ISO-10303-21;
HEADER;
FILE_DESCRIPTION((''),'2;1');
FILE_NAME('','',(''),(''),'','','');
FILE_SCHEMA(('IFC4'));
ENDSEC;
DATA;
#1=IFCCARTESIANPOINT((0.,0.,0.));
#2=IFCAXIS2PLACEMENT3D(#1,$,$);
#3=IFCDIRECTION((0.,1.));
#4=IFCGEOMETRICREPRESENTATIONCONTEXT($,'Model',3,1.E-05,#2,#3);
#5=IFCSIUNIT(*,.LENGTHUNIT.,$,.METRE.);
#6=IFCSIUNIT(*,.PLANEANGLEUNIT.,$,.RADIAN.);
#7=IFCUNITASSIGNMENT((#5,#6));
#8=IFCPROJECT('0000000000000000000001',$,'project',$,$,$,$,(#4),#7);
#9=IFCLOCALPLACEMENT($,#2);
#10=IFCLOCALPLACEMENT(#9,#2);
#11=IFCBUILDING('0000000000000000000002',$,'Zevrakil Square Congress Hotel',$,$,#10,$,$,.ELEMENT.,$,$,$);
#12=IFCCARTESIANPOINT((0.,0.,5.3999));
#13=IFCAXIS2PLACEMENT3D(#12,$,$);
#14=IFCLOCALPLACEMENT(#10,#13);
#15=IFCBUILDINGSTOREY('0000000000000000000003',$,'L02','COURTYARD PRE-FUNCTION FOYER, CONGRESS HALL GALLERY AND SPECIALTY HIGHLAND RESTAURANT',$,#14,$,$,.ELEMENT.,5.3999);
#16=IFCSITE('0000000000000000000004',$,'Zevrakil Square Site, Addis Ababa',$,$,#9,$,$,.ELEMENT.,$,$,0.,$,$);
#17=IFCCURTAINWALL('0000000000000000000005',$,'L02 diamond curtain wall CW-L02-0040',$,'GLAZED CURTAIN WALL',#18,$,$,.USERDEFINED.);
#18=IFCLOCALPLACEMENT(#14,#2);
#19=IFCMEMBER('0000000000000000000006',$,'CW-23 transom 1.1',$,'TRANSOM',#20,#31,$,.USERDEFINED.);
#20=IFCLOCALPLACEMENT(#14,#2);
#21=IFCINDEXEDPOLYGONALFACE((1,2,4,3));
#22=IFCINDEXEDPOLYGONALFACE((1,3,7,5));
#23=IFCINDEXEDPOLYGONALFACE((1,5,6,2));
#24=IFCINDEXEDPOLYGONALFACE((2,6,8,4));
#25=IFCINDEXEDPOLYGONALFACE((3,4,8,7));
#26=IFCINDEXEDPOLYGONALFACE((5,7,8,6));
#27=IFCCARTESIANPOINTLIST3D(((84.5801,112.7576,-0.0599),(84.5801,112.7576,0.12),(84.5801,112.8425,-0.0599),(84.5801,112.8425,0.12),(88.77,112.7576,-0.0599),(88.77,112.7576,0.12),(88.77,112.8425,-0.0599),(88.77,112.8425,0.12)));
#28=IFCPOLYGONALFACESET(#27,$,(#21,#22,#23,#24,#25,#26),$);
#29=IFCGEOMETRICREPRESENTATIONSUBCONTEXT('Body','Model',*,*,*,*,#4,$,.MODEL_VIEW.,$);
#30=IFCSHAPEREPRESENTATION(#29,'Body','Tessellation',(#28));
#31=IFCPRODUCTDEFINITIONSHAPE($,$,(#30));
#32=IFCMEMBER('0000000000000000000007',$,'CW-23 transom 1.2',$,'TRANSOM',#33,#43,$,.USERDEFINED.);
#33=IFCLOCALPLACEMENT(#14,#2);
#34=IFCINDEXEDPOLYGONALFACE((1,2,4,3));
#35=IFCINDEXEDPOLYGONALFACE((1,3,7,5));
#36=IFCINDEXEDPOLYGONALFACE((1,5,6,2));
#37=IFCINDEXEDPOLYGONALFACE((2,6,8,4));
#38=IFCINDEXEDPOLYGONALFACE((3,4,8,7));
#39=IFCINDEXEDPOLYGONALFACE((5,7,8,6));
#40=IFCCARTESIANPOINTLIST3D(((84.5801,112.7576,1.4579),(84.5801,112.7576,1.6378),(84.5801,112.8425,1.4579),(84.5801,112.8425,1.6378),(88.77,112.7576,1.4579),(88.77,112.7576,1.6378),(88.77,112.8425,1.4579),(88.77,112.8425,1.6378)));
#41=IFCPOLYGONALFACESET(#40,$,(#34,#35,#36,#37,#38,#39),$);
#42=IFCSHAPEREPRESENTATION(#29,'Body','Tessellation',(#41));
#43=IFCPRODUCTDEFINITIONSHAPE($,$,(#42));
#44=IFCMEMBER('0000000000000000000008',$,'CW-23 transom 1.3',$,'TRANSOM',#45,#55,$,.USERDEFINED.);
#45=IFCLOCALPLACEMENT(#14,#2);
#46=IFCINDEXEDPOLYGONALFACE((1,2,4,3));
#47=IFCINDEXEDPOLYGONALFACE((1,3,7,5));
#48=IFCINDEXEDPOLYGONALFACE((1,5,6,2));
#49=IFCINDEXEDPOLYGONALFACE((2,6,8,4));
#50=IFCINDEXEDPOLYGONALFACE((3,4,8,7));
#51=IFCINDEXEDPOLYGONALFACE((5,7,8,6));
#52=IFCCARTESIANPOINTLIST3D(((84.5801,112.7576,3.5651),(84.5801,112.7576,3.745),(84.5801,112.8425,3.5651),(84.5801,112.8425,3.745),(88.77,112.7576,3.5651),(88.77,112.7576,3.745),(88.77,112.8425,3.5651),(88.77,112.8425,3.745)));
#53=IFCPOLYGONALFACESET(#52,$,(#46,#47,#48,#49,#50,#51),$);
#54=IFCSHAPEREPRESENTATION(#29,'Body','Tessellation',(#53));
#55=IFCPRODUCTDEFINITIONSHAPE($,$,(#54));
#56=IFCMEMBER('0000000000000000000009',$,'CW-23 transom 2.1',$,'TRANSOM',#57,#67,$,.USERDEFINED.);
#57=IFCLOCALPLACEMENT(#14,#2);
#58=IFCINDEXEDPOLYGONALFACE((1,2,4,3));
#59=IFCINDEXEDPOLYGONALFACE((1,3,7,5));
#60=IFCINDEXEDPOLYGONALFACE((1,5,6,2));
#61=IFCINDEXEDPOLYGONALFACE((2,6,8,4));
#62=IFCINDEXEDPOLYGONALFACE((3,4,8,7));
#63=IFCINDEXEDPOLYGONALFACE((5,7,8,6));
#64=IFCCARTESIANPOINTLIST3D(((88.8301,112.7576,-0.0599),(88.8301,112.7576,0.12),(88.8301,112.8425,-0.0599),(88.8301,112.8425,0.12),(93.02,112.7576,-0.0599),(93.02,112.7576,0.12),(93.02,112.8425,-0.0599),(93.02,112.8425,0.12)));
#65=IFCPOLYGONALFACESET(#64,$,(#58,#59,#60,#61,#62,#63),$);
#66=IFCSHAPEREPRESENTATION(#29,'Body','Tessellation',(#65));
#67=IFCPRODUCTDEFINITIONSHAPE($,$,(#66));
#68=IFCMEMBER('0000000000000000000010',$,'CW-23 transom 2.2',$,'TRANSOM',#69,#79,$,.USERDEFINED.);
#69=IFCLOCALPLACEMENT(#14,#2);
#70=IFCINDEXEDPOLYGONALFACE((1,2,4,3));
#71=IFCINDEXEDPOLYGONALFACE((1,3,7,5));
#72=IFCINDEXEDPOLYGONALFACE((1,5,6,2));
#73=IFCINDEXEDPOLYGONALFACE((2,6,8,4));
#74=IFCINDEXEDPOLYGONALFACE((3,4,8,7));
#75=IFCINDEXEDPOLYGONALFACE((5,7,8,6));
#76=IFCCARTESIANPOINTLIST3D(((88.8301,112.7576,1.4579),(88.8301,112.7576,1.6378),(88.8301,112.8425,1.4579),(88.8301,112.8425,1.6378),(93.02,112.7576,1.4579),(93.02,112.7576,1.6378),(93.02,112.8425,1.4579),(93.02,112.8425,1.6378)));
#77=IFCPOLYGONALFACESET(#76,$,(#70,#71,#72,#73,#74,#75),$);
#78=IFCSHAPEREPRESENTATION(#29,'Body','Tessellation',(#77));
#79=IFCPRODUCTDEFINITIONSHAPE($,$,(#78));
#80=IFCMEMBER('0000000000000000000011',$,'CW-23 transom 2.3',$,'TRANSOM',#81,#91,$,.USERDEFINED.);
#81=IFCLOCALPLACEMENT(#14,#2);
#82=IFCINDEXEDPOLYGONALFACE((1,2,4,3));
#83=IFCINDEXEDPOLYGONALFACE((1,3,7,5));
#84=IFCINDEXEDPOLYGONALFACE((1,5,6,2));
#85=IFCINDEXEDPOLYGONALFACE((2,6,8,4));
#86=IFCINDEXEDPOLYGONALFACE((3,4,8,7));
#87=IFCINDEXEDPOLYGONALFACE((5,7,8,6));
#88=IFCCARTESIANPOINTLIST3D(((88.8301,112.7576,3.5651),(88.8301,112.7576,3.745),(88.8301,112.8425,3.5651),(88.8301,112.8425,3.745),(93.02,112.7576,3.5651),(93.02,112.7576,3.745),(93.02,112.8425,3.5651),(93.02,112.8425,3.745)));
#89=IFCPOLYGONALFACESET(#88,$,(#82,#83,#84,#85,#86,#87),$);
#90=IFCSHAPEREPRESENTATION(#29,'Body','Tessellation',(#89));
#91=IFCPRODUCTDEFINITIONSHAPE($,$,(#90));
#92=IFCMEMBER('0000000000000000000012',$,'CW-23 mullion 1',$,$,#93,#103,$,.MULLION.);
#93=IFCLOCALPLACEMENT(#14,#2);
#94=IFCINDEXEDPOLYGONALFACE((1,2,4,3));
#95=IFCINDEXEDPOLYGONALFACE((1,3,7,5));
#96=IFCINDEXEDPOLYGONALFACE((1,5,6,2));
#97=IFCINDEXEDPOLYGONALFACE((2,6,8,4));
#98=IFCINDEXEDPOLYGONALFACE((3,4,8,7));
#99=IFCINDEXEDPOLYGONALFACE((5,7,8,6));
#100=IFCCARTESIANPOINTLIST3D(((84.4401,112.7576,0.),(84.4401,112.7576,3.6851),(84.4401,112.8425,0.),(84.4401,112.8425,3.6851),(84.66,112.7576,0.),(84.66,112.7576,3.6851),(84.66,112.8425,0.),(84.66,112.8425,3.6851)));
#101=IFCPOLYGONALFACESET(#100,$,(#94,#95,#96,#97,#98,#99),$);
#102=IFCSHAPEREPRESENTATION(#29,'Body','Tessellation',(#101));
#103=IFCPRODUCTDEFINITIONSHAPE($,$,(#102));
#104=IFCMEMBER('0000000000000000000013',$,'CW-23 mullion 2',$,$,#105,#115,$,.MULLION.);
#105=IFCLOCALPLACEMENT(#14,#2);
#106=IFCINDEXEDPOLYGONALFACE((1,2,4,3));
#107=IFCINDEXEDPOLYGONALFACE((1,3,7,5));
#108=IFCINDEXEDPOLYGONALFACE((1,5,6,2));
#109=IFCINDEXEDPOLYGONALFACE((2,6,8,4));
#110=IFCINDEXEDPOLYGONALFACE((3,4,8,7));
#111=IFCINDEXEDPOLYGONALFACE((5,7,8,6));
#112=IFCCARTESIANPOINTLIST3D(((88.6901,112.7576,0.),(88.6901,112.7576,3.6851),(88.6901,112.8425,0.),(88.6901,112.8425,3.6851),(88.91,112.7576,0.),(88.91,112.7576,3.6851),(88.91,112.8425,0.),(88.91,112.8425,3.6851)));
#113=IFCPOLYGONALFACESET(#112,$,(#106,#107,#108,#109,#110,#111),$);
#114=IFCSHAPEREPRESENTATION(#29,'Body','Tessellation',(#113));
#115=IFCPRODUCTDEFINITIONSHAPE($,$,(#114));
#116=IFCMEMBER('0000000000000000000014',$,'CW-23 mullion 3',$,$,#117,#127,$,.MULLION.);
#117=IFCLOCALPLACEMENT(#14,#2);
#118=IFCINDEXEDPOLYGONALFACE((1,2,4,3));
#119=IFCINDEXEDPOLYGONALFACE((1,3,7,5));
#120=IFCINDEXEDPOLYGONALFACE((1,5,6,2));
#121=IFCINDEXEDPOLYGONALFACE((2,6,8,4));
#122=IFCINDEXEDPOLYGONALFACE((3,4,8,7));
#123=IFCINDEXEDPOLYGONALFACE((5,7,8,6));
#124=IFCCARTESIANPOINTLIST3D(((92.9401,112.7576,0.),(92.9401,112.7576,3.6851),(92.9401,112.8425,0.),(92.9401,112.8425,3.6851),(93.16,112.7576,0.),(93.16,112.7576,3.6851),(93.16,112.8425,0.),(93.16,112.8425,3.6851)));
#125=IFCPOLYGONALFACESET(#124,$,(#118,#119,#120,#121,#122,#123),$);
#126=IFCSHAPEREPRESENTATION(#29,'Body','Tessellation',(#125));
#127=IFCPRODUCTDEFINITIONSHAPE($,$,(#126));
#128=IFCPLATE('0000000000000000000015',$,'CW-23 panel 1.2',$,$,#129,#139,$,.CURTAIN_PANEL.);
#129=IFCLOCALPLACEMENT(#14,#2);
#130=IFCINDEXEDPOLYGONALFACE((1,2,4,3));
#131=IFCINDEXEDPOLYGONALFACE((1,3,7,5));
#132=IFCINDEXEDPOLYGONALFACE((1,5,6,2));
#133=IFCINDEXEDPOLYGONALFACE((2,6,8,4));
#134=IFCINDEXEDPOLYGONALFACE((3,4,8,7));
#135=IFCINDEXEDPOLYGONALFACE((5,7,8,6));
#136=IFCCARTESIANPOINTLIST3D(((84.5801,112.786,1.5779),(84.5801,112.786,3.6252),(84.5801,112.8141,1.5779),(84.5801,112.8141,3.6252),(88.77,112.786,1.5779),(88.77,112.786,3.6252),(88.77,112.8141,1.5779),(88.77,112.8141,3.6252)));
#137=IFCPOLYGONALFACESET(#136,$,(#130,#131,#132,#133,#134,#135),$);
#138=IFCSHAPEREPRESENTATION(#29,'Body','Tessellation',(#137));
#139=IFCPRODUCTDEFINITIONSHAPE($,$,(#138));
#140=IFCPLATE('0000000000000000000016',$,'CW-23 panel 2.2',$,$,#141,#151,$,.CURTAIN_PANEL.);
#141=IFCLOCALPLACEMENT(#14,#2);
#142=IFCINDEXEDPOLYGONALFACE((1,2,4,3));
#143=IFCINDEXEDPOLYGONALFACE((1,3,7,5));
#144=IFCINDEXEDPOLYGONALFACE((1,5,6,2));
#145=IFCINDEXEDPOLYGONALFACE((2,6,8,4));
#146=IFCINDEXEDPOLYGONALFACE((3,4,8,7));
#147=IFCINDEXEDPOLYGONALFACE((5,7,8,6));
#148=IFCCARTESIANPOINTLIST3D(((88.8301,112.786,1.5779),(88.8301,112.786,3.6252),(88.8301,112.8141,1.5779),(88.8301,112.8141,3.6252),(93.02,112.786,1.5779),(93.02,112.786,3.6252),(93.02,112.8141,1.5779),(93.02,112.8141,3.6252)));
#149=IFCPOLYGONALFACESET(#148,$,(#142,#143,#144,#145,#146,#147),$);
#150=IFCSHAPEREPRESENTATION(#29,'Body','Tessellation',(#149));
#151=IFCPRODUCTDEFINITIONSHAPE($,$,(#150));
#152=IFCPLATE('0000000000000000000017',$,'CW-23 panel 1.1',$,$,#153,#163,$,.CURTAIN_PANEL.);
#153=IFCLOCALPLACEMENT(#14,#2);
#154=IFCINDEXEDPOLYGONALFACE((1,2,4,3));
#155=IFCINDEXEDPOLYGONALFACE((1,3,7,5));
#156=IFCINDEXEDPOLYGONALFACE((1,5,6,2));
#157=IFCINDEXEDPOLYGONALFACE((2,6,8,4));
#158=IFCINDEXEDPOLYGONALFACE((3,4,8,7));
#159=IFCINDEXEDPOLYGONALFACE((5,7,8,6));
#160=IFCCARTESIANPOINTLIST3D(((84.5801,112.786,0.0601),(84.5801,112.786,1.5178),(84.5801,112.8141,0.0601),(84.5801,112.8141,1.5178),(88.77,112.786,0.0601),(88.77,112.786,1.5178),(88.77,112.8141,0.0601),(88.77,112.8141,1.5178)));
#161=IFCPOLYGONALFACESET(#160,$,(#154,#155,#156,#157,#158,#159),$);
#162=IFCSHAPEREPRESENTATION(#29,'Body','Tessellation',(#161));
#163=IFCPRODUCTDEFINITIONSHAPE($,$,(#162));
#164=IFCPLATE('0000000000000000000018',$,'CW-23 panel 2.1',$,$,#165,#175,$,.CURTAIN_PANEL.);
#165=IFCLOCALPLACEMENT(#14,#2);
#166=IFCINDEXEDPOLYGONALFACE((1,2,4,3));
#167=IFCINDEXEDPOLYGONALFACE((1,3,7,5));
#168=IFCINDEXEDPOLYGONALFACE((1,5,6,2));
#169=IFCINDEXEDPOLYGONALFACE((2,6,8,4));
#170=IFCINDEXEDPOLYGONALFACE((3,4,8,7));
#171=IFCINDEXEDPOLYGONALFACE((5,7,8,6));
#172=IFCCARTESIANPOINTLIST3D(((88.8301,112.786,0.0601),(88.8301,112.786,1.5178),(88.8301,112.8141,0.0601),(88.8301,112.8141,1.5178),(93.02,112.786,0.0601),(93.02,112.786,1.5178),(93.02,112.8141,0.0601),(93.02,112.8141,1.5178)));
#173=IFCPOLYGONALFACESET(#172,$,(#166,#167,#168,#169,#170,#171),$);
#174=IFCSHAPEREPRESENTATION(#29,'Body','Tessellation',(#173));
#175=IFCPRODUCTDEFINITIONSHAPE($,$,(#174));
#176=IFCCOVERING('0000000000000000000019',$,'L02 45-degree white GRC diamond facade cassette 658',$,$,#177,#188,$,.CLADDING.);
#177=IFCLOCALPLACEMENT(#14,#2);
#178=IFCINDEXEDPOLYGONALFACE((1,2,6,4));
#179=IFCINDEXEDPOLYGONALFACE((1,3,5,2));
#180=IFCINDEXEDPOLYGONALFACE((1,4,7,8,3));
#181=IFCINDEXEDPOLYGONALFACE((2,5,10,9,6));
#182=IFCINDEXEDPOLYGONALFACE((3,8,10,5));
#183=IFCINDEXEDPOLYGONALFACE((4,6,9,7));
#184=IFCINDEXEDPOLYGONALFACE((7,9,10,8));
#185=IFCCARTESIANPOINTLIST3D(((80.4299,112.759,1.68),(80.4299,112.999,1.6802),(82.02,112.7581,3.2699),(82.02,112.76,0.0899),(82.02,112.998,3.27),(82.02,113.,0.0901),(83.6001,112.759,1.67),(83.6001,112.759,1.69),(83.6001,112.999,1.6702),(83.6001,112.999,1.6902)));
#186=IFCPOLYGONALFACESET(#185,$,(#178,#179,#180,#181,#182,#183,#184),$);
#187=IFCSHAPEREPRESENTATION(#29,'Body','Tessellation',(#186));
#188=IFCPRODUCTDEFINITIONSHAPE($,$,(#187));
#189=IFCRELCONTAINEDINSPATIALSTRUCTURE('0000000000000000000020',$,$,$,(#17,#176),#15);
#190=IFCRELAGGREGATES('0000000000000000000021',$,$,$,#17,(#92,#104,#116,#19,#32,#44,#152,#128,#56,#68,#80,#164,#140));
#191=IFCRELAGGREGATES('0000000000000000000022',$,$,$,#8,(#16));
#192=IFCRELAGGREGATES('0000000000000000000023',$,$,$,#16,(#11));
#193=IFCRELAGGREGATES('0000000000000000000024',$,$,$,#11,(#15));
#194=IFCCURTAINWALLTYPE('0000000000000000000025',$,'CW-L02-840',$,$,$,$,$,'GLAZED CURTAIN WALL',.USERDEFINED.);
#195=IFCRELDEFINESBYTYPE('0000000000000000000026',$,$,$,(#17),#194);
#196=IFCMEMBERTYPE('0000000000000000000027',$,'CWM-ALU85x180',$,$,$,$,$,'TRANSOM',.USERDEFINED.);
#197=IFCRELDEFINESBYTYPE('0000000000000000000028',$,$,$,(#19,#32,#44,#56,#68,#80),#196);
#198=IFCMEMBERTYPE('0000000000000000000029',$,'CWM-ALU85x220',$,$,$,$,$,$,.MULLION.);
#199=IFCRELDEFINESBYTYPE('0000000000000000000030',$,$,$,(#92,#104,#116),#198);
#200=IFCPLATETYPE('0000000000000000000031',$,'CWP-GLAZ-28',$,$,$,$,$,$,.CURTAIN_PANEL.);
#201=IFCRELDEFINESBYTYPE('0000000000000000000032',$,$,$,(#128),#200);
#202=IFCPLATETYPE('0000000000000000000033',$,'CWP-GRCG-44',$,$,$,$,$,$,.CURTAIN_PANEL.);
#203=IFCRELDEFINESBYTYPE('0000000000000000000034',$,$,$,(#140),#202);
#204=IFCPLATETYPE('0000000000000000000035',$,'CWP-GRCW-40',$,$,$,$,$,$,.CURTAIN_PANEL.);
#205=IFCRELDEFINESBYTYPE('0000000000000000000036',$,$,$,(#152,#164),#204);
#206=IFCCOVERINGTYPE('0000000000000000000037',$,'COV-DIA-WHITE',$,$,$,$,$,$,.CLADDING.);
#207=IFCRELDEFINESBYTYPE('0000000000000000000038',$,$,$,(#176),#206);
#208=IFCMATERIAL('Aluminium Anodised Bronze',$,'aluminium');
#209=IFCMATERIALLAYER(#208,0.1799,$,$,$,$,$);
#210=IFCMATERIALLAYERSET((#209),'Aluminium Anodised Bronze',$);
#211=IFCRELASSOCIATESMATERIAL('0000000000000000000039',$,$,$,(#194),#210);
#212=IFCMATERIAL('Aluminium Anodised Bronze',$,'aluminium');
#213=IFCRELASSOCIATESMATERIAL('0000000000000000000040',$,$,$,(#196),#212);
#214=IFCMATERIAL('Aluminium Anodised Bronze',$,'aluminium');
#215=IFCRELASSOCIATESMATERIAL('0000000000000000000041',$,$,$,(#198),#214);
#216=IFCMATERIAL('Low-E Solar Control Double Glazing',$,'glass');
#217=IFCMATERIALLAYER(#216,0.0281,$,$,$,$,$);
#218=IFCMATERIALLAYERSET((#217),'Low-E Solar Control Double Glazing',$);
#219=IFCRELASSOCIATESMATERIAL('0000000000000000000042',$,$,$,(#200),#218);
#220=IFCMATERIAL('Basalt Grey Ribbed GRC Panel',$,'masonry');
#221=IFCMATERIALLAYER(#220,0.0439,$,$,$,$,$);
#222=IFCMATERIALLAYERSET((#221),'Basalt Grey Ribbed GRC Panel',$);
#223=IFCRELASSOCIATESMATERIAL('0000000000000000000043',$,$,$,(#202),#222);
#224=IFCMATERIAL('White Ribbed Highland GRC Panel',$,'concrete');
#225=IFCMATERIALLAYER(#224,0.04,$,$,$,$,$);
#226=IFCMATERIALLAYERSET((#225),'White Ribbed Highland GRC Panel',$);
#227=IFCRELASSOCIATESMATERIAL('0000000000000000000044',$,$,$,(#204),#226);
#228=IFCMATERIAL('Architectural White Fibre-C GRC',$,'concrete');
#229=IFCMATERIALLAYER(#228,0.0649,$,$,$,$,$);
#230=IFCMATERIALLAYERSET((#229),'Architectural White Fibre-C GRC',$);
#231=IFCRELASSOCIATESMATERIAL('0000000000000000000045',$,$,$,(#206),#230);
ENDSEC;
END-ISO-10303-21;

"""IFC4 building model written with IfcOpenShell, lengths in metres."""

from ifc_helpers import new_model, si_unit, direction, frame, origin, origin_2d, place, context, subcontext, project, spatial, polyline, rectangle, outline, extrude, material, layer, layer_set, material_profile, profile_set, type_object, element, aggregate, save


model = new_model("IFC4")

# Units and contexts
model_context = context("Model", 3, precision=1e-05, world=origin(), true_north=direction((0.0, 1.0)))
body_context = subcontext(model_context, "Body", "Model", "MODEL_VIEW")
ifc_project = project(units=[si_unit("LENGTHUNIT", "METRE"), si_unit("PLANEANGLEUNIT", "RADIAN")], contexts=[model_context])

# Site, building, storey
site_placement = place(None, origin())
site = spatial("IfcSite", under=ifc_project, at=site_placement, Name="Zevrakil Square Site, Addis Ababa", CompositionType="ELEMENT", RefElevation=0.0)
building_placement = place(site_placement, origin())
building = spatial("IfcBuilding", under=site, at=building_placement, Name="Zevrakil Square Congress Hotel", CompositionType="ELEMENT")
storey_placement = place(building_placement, frame((0.0, 0.0, 5.3999)))
storey = spatial("IfcBuildingStorey", under=building, at=storey_placement, Name="L02", Description="COURTYARD PRE-FUNCTION FOYER, CONGRESS HALL GALLERY AND SPECIALTY HIGHLAND RESTAURANT", CompositionType="ELEMENT", Elevation=5.3999)

# Curtain wall, members, plates
ifc_material_1 = material(Name="Aluminium Anodised Bronze", Category="aluminium")
ifc_layer_1 = layer(ifc_material_1, 0.1799)
ifc_layer_set_1 = layer_set([ifc_layer_1], Name="Aluminium Anodised Bronze")
curtain_wall_type = type_object("IfcCurtainWallType", Name="CW-L02-840", ElementType="GLAZED CURTAIN WALL", PredefinedType="USERDEFINED", material=ifc_layer_set_1)
curtain_wall_placement = place(storey_placement, origin())
curtain_wall = element("IfcCurtainWall", 1, at=curtain_wall_placement, inside=storey, type_object=curtain_wall_type, Name="L02 diamond curtain wall CW-L02-0040", ObjectType="GLAZED CURTAIN WALL", PredefinedType="USERDEFINED")
ifc_material_2 = material(Name="Aluminium Anodised Bronze", Category="aluminium")
ifc_material_profile_1 = material_profile(ifc_material_2, rectangle(XDim=0.085, YDim=0.1799, at=origin_2d()), Name="ALU 85x180")
ifc_profile_set_1 = profile_set([ifc_material_profile_1], Name="Aluminium Anodised Bronze")
member_type_1 = type_object("IfcMemberType", Name="CWM-ALU85x180", ElementType="TRANSOM", PredefinedType="USERDEFINED", material=ifc_profile_set_1)
member_1_placement = place(storey_placement, frame((84.5801, 112.8, 0.03), z_axis=(1.0, 0.0, 0.0), x_axis=(0.0, 1.0, 0.0)))
member_1 = element("IfcMember", 2, at=member_1_placement, type_object=member_type_1, Name="CW-23 transom 1.1", ObjectType="TRANSOM", PredefinedType="USERDEFINED", context=body_context, shape_type="SweptSolid", body=[
    extrude(rectangle(XDim=0.085, YDim=0.1799, at=origin_2d()), origin(), (0.0, 0.0, 1.0), 4.1899),
])
member_2_placement = place(storey_placement, frame((84.5801, 112.8, 1.5479), z_axis=(1.0, 0.0, 0.0), x_axis=(0.0, 1.0, 0.0)))
member_2 = element("IfcMember", 3, at=member_2_placement, type_object=member_type_1, Name="CW-23 transom 1.2", ObjectType="TRANSOM", PredefinedType="USERDEFINED", context=body_context, shape_type="SweptSolid", body=[
    extrude(rectangle(XDim=0.085, YDim=0.1799, at=origin_2d()), origin(), (0.0, 0.0, 1.0), 4.1899),
])
member_3_placement = place(storey_placement, frame((84.5801, 112.8, 3.655), z_axis=(1.0, 0.0, 0.0), x_axis=(0.0, 1.0, 0.0)))
member_3 = element("IfcMember", 4, at=member_3_placement, type_object=member_type_1, Name="CW-23 transom 1.3", ObjectType="TRANSOM", PredefinedType="USERDEFINED", context=body_context, shape_type="SweptSolid", body=[
    extrude(rectangle(XDim=0.085, YDim=0.1799, at=origin_2d()), origin(), (0.0, 0.0, 1.0), 4.1899),
])
member_4_placement = place(storey_placement, frame((88.8301, 112.8, 0.03), z_axis=(1.0, 0.0, 0.0), x_axis=(0.0, 1.0, 0.0)))
member_4 = element("IfcMember", 5, at=member_4_placement, type_object=member_type_1, Name="CW-23 transom 2.1", ObjectType="TRANSOM", PredefinedType="USERDEFINED", context=body_context, shape_type="SweptSolid", body=[
    extrude(rectangle(XDim=0.085, YDim=0.1799, at=origin_2d()), origin(), (0.0, 0.0, 1.0), 4.1899),
])
member_5_placement = place(storey_placement, frame((88.8301, 112.8, 1.5479), z_axis=(1.0, 0.0, 0.0), x_axis=(0.0, 1.0, 0.0)))
member_5 = element("IfcMember", 6, at=member_5_placement, type_object=member_type_1, Name="CW-23 transom 2.2", ObjectType="TRANSOM", PredefinedType="USERDEFINED", context=body_context, shape_type="SweptSolid", body=[
    extrude(rectangle(XDim=0.085, YDim=0.1799, at=origin_2d()), origin(), (0.0, 0.0, 1.0), 4.1899),
])
member_6_placement = place(storey_placement, frame((88.8301, 112.8, 3.655), z_axis=(1.0, 0.0, 0.0), x_axis=(0.0, 1.0, 0.0)))
member_6 = element("IfcMember", 7, at=member_6_placement, type_object=member_type_1, Name="CW-23 transom 2.3", ObjectType="TRANSOM", PredefinedType="USERDEFINED", context=body_context, shape_type="SweptSolid", body=[
    extrude(rectangle(XDim=0.085, YDim=0.1799, at=origin_2d()), origin(), (0.0, 0.0, 1.0), 4.1899),
])
ifc_material_3 = material(Name="Aluminium Anodised Bronze", Category="aluminium")
ifc_material_profile_2 = material_profile(ifc_material_3, rectangle(XDim=0.085, YDim=0.22, at=origin_2d()), Name="ALU 85x220")
ifc_profile_set_2 = profile_set([ifc_material_profile_2], Name="Aluminium Anodised Bronze")
member_type_2 = type_object("IfcMemberType", Name="CWM-ALU85x220", PredefinedType="MULLION", material=ifc_profile_set_2)
member_7_placement = place(storey_placement, frame((84.55, 112.8, 0.0), z_axis=(0.0, 0.0, 1.0), x_axis=(0.0, 1.0, 0.0)))
member_7 = element("IfcMember", 8, at=member_7_placement, type_object=member_type_2, Name="CW-23 mullion 1", PredefinedType="MULLION", context=body_context, shape_type="SweptSolid", body=[
    extrude(rectangle(XDim=0.085, YDim=0.22, at=origin_2d()), origin(), (0.0, 0.0, 1.0), 3.6851),
])
member_8_placement = place(storey_placement, frame((88.8, 112.8, 0.0), z_axis=(0.0, 0.0, 1.0), x_axis=(0.0, 1.0, 0.0)))
member_8 = element("IfcMember", 9, at=member_8_placement, type_object=member_type_2, Name="CW-23 mullion 2", PredefinedType="MULLION", context=body_context, shape_type="SweptSolid", body=[
    extrude(rectangle(XDim=0.085, YDim=0.22, at=origin_2d()), origin(), (0.0, 0.0, 1.0), 3.6851),
])
member_9_placement = place(storey_placement, frame((93.05, 112.8, 0.0), z_axis=(0.0, 0.0, 1.0), x_axis=(0.0, 1.0, 0.0)))
member_9 = element("IfcMember", 10, at=member_9_placement, type_object=member_type_2, Name="CW-23 mullion 3", PredefinedType="MULLION", context=body_context, shape_type="SweptSolid", body=[
    extrude(rectangle(XDim=0.085, YDim=0.22, at=origin_2d()), origin(), (0.0, 0.0, 1.0), 3.6851),
])
ifc_material_4 = material(Name="Low-E Solar Control Double Glazing", Category="glass")
ifc_layer_2 = layer(ifc_material_4, 0.0281)
ifc_layer_set_2 = layer_set([ifc_layer_2], Name="Low-E Solar Control Double Glazing")
plate_type_1 = type_object("IfcPlateType", Name="CWP-GLAZ-28", PredefinedType="CURTAIN_PANEL", material=ifc_layer_set_2)
plate_1_placement = place(storey_placement, frame((86.675, 112.8, 1.5779), z_axis=(0.0, 0.0, 1.0), x_axis=(1.0, 0.0, 0.0)))
plate_1 = element("IfcPlate", 11, at=plate_1_placement, type_object=plate_type_1, Name="CW-23 panel 1.2", PredefinedType="CURTAIN_PANEL", context=body_context, shape_type="SweptSolid", body=[
    extrude(rectangle(XDim=4.1899, YDim=0.0281, at=origin_2d()), origin(), (0.0, 0.0, 1.0), 2.0474),
])
ifc_material_5 = material(Name="Basalt Grey Ribbed GRC Panel", Category="masonry")
ifc_layer_3 = layer(ifc_material_5, 0.0439)
ifc_layer_set_3 = layer_set([ifc_layer_3], Name="Basalt Grey Ribbed GRC Panel")
plate_type_2 = type_object("IfcPlateType", Name="CWP-GRCG-44", PredefinedType="CURTAIN_PANEL", material=ifc_layer_set_3)
plate_2_placement = place(storey_placement, frame((90.925, 112.8, 1.5779), z_axis=(0.0, 0.0, 1.0), x_axis=(1.0, 0.0, 0.0)))
plate_2 = element("IfcPlate", 12, at=plate_2_placement, type_object=plate_type_2, Name="CW-23 panel 2.2", PredefinedType="CURTAIN_PANEL", context=body_context, shape_type="SweptSolid", body=[
    extrude(rectangle(XDim=4.1899, YDim=0.0281, at=origin_2d()), origin(), (0.0, 0.0, 1.0), 2.0474),
])
ifc_material_6 = material(Name="White Ribbed Highland GRC Panel", Category="concrete")
ifc_layer_4 = layer(ifc_material_6, 0.04)
ifc_layer_set_4 = layer_set([ifc_layer_4], Name="White Ribbed Highland GRC Panel")
plate_type_3 = type_object("IfcPlateType", Name="CWP-GRCW-40", PredefinedType="CURTAIN_PANEL", material=ifc_layer_set_4)
plate_3_placement = place(storey_placement, frame((86.675, 112.8, 0.0601), z_axis=(0.0, 0.0, 1.0), x_axis=(1.0, 0.0, 0.0)))
plate_3 = element("IfcPlate", 13, at=plate_3_placement, type_object=plate_type_3, Name="CW-23 panel 1.1", PredefinedType="CURTAIN_PANEL", context=body_context, shape_type="SweptSolid", body=[
    extrude(rectangle(XDim=4.1899, YDim=0.0281, at=origin_2d()), origin(), (0.0, 0.0, 1.0), 1.4578),
])
plate_4_placement = place(storey_placement, frame((90.925, 112.8, 0.0601), z_axis=(0.0, 0.0, 1.0), x_axis=(1.0, 0.0, 0.0)))
plate_4 = element("IfcPlate", 14, at=plate_4_placement, type_object=plate_type_3, Name="CW-23 panel 2.1", PredefinedType="CURTAIN_PANEL", context=body_context, shape_type="SweptSolid", body=[
    extrude(rectangle(XDim=4.1899, YDim=0.0281, at=origin_2d()), origin(), (0.0, 0.0, 1.0), 1.4578),
])
aggregate(curtain_wall, [member_7, member_8, member_9, member_1, member_2, member_3, plate_3, plate_1, member_4, member_5, member_6, plate_4, plate_2])

# Covering
ifc_material_7 = material(Name="Architectural White Fibre-C GRC", Category="concrete")
ifc_layer_5 = layer(ifc_material_7, 0.0649)
ifc_layer_set_5 = layer_set([ifc_layer_5], Name="Architectural White Fibre-C GRC")
covering_type_1 = type_object("IfcCoveringType", Name="COV-DIA-WHITE", PredefinedType="CLADDING", material=ifc_layer_set_5)
covering_1_placement = place(storey_placement, frame((82.02, 112.998, 3.27), z_axis=(0.0, 1.0, 0.000612), x_axis=(-0.707161, 0.000433, -0.707052)))
element("IfcCovering", 15, at=covering_1_placement, inside=storey, type_object=covering_type_1, Name="L02 45-degree white GRC diamond facade cassette 658", PredefinedType="CLADDING", context=body_context, shape_type="SweptSolid", body=[
    extrude(outline(polyline([(0.0, 0.0), (2.2486, 0.0), (2.2484, -2.2487), (0.0138, -2.2486), (-0.0003, -2.2344), (0.0, 0.0)])), origin(), (0.0, 0.0, -1.0), 0.24),
])

save(model, "model.ifc")
